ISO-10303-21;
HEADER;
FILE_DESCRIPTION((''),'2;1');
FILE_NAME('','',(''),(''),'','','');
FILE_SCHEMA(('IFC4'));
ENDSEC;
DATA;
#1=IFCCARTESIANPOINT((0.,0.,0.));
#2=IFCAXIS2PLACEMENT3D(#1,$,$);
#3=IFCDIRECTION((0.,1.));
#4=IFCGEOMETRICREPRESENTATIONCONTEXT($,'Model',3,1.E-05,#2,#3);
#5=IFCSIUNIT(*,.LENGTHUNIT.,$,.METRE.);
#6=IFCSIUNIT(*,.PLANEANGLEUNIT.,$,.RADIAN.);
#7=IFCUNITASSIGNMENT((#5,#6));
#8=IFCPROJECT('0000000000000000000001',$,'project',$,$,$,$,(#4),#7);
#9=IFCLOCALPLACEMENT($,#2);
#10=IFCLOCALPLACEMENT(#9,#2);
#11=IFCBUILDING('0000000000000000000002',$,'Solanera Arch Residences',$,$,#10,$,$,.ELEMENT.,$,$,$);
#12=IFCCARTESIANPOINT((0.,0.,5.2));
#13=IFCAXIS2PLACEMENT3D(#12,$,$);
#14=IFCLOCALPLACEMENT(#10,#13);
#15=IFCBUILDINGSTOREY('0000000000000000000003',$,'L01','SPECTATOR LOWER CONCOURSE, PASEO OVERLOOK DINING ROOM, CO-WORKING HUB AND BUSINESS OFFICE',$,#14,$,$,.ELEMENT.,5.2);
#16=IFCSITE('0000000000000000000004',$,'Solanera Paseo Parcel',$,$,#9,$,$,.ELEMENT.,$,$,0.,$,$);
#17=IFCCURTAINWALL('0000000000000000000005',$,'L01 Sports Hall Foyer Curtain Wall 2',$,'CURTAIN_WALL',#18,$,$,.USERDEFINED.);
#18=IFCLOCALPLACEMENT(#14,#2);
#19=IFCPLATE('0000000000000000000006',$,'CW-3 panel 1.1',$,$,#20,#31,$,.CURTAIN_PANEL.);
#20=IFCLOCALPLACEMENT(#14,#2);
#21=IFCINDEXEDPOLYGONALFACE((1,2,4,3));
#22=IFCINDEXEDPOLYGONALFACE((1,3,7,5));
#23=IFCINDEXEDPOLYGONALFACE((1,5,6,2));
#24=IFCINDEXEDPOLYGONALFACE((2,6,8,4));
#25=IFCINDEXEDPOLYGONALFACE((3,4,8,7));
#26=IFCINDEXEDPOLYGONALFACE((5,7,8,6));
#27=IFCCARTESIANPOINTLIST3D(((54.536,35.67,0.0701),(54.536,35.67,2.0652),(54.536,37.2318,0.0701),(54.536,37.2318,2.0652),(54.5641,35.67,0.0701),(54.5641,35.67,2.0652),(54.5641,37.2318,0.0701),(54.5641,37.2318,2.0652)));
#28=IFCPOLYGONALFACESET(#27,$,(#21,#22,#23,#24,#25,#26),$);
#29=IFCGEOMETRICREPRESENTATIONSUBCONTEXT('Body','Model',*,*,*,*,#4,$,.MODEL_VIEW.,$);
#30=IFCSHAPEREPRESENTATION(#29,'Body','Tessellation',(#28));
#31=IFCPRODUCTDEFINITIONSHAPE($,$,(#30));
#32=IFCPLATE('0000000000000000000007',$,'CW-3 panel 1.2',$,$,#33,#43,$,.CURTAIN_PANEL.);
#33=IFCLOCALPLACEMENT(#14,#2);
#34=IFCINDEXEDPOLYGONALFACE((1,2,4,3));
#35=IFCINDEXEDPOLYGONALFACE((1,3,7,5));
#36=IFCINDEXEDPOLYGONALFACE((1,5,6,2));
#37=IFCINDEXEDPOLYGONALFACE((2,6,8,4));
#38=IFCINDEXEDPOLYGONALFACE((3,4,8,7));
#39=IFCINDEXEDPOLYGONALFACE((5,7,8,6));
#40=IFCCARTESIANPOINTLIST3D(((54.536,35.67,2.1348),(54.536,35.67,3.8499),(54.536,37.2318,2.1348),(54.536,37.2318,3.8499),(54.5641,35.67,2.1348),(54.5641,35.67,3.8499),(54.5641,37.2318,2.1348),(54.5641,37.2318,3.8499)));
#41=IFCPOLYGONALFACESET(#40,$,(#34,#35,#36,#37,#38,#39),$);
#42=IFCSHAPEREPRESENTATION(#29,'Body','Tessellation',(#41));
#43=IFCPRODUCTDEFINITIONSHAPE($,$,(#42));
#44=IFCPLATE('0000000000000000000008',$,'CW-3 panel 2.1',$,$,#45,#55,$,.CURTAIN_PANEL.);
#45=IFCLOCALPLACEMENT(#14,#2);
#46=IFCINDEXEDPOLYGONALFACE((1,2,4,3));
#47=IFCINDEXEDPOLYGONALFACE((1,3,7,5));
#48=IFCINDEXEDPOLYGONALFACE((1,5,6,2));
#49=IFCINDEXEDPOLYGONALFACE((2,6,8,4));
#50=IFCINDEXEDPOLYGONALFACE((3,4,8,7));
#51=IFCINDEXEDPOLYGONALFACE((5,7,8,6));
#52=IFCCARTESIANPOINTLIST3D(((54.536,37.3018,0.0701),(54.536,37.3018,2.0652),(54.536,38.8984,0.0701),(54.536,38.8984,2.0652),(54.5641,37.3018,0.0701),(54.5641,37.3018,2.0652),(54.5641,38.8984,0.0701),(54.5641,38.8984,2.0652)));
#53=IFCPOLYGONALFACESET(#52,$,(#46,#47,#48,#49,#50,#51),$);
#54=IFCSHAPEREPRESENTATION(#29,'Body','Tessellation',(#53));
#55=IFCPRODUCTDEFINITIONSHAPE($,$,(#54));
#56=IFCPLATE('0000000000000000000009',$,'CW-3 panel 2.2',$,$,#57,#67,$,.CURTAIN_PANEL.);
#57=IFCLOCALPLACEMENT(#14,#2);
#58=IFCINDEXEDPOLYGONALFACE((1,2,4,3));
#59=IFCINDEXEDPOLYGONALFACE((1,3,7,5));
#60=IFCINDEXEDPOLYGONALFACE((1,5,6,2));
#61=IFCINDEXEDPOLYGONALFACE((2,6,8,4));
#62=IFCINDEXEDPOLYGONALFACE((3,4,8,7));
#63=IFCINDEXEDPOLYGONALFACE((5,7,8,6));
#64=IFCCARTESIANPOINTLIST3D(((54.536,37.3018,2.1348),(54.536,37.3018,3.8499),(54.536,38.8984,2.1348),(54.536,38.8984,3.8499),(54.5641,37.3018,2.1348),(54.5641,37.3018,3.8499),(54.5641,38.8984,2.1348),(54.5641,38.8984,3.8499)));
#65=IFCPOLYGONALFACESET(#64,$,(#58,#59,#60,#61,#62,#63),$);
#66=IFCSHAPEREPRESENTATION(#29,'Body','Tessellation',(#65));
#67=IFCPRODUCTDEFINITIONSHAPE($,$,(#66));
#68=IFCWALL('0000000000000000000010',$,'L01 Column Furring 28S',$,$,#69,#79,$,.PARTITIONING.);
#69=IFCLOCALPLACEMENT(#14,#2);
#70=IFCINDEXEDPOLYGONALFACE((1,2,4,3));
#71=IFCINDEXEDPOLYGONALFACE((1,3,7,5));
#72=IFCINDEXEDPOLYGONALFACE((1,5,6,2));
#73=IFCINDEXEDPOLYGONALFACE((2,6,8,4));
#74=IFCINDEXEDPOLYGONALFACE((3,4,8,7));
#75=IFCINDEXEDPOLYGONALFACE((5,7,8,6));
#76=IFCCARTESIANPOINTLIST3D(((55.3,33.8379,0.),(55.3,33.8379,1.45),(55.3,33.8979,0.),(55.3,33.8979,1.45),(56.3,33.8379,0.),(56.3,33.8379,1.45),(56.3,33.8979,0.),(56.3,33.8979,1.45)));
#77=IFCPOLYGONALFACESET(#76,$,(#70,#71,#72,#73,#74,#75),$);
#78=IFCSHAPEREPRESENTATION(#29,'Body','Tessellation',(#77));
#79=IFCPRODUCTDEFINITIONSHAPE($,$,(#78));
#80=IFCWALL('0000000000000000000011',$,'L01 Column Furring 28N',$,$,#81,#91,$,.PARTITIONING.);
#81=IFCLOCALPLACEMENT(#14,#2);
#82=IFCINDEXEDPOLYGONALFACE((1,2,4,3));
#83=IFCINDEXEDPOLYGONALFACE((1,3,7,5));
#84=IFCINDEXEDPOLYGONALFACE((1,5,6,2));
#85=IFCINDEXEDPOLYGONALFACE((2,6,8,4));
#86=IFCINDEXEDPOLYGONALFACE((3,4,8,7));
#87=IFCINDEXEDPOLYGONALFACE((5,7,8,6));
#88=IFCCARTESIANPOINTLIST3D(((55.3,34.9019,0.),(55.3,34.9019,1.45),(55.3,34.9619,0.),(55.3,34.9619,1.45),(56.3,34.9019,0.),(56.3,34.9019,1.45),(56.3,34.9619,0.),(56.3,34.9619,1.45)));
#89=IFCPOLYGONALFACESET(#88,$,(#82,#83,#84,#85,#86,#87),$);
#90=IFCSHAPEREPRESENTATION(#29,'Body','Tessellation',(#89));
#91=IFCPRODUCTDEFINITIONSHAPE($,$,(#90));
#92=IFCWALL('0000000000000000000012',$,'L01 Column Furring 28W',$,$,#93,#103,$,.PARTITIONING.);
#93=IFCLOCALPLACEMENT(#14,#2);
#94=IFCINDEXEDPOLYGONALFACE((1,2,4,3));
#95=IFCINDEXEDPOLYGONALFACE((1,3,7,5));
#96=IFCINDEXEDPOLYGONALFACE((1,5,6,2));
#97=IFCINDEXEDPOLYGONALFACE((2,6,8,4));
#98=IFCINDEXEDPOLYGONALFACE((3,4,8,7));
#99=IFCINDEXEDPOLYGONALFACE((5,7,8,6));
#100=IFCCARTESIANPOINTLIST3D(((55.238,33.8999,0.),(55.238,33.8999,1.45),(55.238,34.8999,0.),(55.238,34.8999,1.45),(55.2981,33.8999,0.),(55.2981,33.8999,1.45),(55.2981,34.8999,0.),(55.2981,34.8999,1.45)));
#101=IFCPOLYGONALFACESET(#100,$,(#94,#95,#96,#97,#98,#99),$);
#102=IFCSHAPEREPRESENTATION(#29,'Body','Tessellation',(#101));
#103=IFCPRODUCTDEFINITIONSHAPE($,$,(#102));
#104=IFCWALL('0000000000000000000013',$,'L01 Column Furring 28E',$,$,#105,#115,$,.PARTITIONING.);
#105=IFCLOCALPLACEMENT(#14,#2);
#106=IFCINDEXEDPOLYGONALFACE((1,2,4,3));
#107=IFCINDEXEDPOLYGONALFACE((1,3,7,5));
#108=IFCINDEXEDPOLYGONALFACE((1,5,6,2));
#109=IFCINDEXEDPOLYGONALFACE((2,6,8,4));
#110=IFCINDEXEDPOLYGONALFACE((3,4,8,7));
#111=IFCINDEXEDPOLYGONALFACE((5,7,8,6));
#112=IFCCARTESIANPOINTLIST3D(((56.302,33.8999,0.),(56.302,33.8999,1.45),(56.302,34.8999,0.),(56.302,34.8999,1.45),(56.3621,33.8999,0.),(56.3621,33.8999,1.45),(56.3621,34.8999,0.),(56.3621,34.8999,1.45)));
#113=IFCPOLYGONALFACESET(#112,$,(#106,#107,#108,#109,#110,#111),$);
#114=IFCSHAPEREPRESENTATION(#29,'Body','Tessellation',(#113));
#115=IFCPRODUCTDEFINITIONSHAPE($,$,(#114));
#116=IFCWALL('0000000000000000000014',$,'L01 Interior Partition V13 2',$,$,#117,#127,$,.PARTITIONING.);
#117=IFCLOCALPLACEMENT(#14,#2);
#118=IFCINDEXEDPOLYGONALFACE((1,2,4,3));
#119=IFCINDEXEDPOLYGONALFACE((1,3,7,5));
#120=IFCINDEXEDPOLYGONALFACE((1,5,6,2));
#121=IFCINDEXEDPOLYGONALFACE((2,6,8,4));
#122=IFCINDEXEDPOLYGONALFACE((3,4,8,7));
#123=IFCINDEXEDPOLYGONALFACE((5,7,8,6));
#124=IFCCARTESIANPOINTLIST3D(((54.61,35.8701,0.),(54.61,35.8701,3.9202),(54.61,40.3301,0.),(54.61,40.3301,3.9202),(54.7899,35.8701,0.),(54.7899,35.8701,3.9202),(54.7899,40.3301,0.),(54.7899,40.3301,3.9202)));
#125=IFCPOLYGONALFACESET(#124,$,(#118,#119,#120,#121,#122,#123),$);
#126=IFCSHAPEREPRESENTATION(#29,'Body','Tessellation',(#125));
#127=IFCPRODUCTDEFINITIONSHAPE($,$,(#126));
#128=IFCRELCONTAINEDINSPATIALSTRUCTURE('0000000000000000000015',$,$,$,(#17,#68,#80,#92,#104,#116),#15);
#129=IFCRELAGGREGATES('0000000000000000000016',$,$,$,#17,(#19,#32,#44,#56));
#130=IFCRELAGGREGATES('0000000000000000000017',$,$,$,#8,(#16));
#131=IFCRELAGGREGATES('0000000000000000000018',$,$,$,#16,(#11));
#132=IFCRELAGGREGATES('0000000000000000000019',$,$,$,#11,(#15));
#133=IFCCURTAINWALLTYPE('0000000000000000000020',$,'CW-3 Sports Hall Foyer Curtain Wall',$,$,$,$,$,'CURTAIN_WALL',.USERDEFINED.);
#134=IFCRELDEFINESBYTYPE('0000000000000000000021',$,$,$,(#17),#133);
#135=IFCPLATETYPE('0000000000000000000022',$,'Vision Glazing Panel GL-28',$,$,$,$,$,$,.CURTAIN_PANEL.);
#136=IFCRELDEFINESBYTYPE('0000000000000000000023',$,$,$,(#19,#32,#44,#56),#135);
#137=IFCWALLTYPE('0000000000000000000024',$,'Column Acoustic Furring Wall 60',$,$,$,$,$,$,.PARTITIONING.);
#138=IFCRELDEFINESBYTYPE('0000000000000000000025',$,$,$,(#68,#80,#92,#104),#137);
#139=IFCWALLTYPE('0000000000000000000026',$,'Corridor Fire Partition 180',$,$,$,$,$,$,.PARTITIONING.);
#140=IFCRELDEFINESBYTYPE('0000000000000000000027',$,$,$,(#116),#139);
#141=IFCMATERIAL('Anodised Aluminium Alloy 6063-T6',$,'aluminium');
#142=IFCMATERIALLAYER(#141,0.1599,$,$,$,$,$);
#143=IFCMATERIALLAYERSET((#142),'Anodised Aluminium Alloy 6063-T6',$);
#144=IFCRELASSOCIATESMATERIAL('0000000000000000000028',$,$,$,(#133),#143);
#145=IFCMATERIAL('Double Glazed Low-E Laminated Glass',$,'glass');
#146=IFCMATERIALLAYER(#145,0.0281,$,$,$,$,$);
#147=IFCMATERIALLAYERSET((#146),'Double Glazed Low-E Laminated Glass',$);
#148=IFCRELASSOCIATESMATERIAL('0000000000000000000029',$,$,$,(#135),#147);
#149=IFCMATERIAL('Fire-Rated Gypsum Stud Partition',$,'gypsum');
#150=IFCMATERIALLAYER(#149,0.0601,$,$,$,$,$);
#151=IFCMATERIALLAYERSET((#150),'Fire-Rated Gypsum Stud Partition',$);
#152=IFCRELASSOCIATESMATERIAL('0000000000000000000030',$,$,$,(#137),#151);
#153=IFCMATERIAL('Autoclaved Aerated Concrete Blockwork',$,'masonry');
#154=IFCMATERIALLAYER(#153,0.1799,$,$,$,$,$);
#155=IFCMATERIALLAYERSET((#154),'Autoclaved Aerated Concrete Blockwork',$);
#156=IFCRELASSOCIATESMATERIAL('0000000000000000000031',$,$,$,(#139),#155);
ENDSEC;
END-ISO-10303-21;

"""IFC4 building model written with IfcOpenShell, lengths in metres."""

from ifc_helpers import new_model, si_unit, direction, frame, frame_2d, origin, origin_2d, place, context, subcontext, project, spatial, rectangle, extrude, material, layer, layer_set, type_object, element, aggregate, save


model = new_model("IFC4")

# Units and contexts
model_context = context("Model", 3, precision=1e-05, world=origin(), true_north=direction((0.0, 1.0)))
body_context = subcontext(model_context, "Body", "Model", "MODEL_VIEW")
ifc_project = project(units=[si_unit("LENGTHUNIT", "METRE"), si_unit("PLANEANGLEUNIT", "RADIAN")], contexts=[model_context])

# Site, building, storey
site_placement = place(None, origin())
site = spatial("IfcSite", under=ifc_project, at=site_placement, Name="Solanera Paseo Parcel", CompositionType="ELEMENT", RefElevation=0.0)
building_placement = place(site_placement, origin())
building = spatial("IfcBuilding", under=site, at=building_placement, Name="Solanera Arch Residences", CompositionType="ELEMENT")
storey_placement = place(building_placement, frame((0.0, 0.0, 5.2)))
storey = spatial("IfcBuildingStorey", under=building, at=storey_placement, Name="L01", Description="SPECTATOR LOWER CONCOURSE, PASEO OVERLOOK DINING ROOM, CO-WORKING HUB AND BUSINESS OFFICE", CompositionType="ELEMENT", Elevation=5.2)

# Curtain wall
ifc_material_1 = material(Name="Anodised Aluminium Alloy 6063-T6", Category="aluminium")
ifc_layer_1 = layer(ifc_material_1, 0.1599)
ifc_layer_set_1 = layer_set([ifc_layer_1], Name="Anodised Aluminium Alloy 6063-T6")
curtain_wall_type = type_object("IfcCurtainWallType", Name="CW-3 Sports Hall Foyer Curtain Wall", ElementType="CURTAIN_WALL", PredefinedType="USERDEFINED", material=ifc_layer_set_1)
curtain_wall_placement = place(storey_placement, origin())
curtain_wall = element("IfcCurtainWall", 1, at=curtain_wall_placement, inside=storey, type_object=curtain_wall_type, Name="L01 Sports Hall Foyer Curtain Wall 2", ObjectType="CURTAIN_WALL", PredefinedType="USERDEFINED")

# Plates
ifc_material_2 = material(Name="Double Glazed Low-E Laminated Glass", Category="glass")
ifc_layer_2 = layer(ifc_material_2, 0.0281)
ifc_layer_set_2 = layer_set([ifc_layer_2], Name="Double Glazed Low-E Laminated Glass")
plate_type = type_object("IfcPlateType", Name="Vision Glazing Panel GL-28", PredefinedType="CURTAIN_PANEL", material=ifc_layer_set_2)
plate_1_placement = place(storey_placement, frame((54.55, 36.4509, 0.0701), z_axis=(0.0, 0.0, 1.0), x_axis=(0.0, 1.0, 0.0)))
plate_1 = element("IfcPlate", 2, at=plate_1_placement, type_object=plate_type, Name="CW-3 panel 1.1", PredefinedType="CURTAIN_PANEL", context=body_context, shape_type="SweptSolid", body=[
    extrude(rectangle(XDim=1.5618, YDim=0.0281, at=origin_2d()), origin(), (0.0, 0.0, 1.0), 1.9951),
])
plate_2_placement = place(storey_placement, frame((54.55, 36.4509, 2.1348), z_axis=(0.0, 0.0, 1.0), x_axis=(0.0, 1.0, 0.0)))
plate_2 = element("IfcPlate", 3, at=plate_2_placement, type_object=plate_type, Name="CW-3 panel 1.2", PredefinedType="CURTAIN_PANEL", context=body_context, shape_type="SweptSolid", body=[
    extrude(rectangle(XDim=1.5618, YDim=0.0281, at=origin_2d()), origin(), (0.0, 0.0, 1.0), 1.7151),
])
plate_3_placement = place(storey_placement, frame((54.55, 38.1001, 0.0701), z_axis=(0.0, 0.0, 1.0), x_axis=(0.0, 1.0, 0.0)))
plate_3 = element("IfcPlate", 4, at=plate_3_placement, type_object=plate_type, Name="CW-3 panel 2.1", PredefinedType="CURTAIN_PANEL", context=body_context, shape_type="SweptSolid", body=[
    extrude(rectangle(XDim=1.5967, YDim=0.0281, at=origin_2d()), origin(), (0.0, 0.0, 1.0), 1.9951),
])
plate_4_placement = place(storey_placement, frame((54.55, 38.1001, 2.1348), z_axis=(0.0, 0.0, 1.0), x_axis=(0.0, 1.0, 0.0)))
plate_4 = element("IfcPlate", 5, at=plate_4_placement, type_object=plate_type, Name="CW-3 panel 2.2", PredefinedType="CURTAIN_PANEL", context=body_context, shape_type="SweptSolid", body=[
    extrude(rectangle(XDim=1.5967, YDim=0.0281, at=origin_2d()), origin(), (0.0, 0.0, 1.0), 1.7151),
])
aggregate(curtain_wall, [plate_1, plate_2, plate_3, plate_4])

# Walls
ifc_material_3 = material(Name="Fire-Rated Gypsum Stud Partition", Category="gypsum")
ifc_layer_3 = layer(ifc_material_3, 0.0601)
ifc_layer_set_3 = layer_set([ifc_layer_3], Name="Fire-Rated Gypsum Stud Partition")
wall_type_1 = type_object("IfcWallType", Name="Column Acoustic Furring Wall 60", PredefinedType="PARTITIONING", material=ifc_layer_set_3)
for number, where, z_axis, x_axis, name in (
    (6, (55.3, 33.8679, 0.0), (0.0, 0.0, 1.0), (1.0, 0.0, 0.0), "L01 Column Furring 28S"),
    (7, (55.3, 34.9319, 0.0), (0.0, 0.0, 1.0), (1.0, 0.0, 0.0), "L01 Column Furring 28N"),
    (8, (55.2681, 33.8999, 0.0), (0.0, 0.0, 1.0), (0.0, 1.0, 0.0), "L01 Column Furring 28W"),
    (9, (56.332, 33.8999, 0.0), (0.0, 0.0, 1.0), (0.0, 1.0, 0.0), "L01 Column Furring 28E"),
):
    element("IfcWall", number, at=place(storey_placement, frame(where, z_axis=z_axis, x_axis=x_axis)), inside=storey, type_object=wall_type_1, Name=name, PredefinedType="PARTITIONING", context=body_context, shape_type="SweptSolid", body=[
        extrude(rectangle(XDim=1.0, YDim=0.0601, at=frame_2d((0.5, 0.0))), origin(), (0.0, 0.0, 1.0), 1.45),
    ])
ifc_material_4 = material(Name="Autoclaved Aerated Concrete Blockwork", Category="masonry")
ifc_layer_4 = layer(ifc_material_4, 0.1799)
ifc_layer_set_4 = layer_set([ifc_layer_4], Name="Autoclaved Aerated Concrete Blockwork")
wall_type_2 = type_object("IfcWallType", Name="Corridor Fire Partition 180", PredefinedType="PARTITIONING", material=ifc_layer_set_4)
wall_placement = place(storey_placement, frame((54.7, 35.8701, 0.0), z_axis=(0.0, 0.0, 1.0), x_axis=(0.0, 1.0, 0.0)))
element("IfcWall", 10, at=wall_placement, inside=storey, type_object=wall_type_2, Name="L01 Interior Partition V13 2", PredefinedType="PARTITIONING", context=body_context, shape_type="SweptSolid", body=[
    extrude(rectangle(XDim=4.46, YDim=0.1799, at=frame_2d((2.23, 0.0))), origin(), (0.0, 0.0, 1.0), 3.9202),
])

save(model, "model.ifc")
